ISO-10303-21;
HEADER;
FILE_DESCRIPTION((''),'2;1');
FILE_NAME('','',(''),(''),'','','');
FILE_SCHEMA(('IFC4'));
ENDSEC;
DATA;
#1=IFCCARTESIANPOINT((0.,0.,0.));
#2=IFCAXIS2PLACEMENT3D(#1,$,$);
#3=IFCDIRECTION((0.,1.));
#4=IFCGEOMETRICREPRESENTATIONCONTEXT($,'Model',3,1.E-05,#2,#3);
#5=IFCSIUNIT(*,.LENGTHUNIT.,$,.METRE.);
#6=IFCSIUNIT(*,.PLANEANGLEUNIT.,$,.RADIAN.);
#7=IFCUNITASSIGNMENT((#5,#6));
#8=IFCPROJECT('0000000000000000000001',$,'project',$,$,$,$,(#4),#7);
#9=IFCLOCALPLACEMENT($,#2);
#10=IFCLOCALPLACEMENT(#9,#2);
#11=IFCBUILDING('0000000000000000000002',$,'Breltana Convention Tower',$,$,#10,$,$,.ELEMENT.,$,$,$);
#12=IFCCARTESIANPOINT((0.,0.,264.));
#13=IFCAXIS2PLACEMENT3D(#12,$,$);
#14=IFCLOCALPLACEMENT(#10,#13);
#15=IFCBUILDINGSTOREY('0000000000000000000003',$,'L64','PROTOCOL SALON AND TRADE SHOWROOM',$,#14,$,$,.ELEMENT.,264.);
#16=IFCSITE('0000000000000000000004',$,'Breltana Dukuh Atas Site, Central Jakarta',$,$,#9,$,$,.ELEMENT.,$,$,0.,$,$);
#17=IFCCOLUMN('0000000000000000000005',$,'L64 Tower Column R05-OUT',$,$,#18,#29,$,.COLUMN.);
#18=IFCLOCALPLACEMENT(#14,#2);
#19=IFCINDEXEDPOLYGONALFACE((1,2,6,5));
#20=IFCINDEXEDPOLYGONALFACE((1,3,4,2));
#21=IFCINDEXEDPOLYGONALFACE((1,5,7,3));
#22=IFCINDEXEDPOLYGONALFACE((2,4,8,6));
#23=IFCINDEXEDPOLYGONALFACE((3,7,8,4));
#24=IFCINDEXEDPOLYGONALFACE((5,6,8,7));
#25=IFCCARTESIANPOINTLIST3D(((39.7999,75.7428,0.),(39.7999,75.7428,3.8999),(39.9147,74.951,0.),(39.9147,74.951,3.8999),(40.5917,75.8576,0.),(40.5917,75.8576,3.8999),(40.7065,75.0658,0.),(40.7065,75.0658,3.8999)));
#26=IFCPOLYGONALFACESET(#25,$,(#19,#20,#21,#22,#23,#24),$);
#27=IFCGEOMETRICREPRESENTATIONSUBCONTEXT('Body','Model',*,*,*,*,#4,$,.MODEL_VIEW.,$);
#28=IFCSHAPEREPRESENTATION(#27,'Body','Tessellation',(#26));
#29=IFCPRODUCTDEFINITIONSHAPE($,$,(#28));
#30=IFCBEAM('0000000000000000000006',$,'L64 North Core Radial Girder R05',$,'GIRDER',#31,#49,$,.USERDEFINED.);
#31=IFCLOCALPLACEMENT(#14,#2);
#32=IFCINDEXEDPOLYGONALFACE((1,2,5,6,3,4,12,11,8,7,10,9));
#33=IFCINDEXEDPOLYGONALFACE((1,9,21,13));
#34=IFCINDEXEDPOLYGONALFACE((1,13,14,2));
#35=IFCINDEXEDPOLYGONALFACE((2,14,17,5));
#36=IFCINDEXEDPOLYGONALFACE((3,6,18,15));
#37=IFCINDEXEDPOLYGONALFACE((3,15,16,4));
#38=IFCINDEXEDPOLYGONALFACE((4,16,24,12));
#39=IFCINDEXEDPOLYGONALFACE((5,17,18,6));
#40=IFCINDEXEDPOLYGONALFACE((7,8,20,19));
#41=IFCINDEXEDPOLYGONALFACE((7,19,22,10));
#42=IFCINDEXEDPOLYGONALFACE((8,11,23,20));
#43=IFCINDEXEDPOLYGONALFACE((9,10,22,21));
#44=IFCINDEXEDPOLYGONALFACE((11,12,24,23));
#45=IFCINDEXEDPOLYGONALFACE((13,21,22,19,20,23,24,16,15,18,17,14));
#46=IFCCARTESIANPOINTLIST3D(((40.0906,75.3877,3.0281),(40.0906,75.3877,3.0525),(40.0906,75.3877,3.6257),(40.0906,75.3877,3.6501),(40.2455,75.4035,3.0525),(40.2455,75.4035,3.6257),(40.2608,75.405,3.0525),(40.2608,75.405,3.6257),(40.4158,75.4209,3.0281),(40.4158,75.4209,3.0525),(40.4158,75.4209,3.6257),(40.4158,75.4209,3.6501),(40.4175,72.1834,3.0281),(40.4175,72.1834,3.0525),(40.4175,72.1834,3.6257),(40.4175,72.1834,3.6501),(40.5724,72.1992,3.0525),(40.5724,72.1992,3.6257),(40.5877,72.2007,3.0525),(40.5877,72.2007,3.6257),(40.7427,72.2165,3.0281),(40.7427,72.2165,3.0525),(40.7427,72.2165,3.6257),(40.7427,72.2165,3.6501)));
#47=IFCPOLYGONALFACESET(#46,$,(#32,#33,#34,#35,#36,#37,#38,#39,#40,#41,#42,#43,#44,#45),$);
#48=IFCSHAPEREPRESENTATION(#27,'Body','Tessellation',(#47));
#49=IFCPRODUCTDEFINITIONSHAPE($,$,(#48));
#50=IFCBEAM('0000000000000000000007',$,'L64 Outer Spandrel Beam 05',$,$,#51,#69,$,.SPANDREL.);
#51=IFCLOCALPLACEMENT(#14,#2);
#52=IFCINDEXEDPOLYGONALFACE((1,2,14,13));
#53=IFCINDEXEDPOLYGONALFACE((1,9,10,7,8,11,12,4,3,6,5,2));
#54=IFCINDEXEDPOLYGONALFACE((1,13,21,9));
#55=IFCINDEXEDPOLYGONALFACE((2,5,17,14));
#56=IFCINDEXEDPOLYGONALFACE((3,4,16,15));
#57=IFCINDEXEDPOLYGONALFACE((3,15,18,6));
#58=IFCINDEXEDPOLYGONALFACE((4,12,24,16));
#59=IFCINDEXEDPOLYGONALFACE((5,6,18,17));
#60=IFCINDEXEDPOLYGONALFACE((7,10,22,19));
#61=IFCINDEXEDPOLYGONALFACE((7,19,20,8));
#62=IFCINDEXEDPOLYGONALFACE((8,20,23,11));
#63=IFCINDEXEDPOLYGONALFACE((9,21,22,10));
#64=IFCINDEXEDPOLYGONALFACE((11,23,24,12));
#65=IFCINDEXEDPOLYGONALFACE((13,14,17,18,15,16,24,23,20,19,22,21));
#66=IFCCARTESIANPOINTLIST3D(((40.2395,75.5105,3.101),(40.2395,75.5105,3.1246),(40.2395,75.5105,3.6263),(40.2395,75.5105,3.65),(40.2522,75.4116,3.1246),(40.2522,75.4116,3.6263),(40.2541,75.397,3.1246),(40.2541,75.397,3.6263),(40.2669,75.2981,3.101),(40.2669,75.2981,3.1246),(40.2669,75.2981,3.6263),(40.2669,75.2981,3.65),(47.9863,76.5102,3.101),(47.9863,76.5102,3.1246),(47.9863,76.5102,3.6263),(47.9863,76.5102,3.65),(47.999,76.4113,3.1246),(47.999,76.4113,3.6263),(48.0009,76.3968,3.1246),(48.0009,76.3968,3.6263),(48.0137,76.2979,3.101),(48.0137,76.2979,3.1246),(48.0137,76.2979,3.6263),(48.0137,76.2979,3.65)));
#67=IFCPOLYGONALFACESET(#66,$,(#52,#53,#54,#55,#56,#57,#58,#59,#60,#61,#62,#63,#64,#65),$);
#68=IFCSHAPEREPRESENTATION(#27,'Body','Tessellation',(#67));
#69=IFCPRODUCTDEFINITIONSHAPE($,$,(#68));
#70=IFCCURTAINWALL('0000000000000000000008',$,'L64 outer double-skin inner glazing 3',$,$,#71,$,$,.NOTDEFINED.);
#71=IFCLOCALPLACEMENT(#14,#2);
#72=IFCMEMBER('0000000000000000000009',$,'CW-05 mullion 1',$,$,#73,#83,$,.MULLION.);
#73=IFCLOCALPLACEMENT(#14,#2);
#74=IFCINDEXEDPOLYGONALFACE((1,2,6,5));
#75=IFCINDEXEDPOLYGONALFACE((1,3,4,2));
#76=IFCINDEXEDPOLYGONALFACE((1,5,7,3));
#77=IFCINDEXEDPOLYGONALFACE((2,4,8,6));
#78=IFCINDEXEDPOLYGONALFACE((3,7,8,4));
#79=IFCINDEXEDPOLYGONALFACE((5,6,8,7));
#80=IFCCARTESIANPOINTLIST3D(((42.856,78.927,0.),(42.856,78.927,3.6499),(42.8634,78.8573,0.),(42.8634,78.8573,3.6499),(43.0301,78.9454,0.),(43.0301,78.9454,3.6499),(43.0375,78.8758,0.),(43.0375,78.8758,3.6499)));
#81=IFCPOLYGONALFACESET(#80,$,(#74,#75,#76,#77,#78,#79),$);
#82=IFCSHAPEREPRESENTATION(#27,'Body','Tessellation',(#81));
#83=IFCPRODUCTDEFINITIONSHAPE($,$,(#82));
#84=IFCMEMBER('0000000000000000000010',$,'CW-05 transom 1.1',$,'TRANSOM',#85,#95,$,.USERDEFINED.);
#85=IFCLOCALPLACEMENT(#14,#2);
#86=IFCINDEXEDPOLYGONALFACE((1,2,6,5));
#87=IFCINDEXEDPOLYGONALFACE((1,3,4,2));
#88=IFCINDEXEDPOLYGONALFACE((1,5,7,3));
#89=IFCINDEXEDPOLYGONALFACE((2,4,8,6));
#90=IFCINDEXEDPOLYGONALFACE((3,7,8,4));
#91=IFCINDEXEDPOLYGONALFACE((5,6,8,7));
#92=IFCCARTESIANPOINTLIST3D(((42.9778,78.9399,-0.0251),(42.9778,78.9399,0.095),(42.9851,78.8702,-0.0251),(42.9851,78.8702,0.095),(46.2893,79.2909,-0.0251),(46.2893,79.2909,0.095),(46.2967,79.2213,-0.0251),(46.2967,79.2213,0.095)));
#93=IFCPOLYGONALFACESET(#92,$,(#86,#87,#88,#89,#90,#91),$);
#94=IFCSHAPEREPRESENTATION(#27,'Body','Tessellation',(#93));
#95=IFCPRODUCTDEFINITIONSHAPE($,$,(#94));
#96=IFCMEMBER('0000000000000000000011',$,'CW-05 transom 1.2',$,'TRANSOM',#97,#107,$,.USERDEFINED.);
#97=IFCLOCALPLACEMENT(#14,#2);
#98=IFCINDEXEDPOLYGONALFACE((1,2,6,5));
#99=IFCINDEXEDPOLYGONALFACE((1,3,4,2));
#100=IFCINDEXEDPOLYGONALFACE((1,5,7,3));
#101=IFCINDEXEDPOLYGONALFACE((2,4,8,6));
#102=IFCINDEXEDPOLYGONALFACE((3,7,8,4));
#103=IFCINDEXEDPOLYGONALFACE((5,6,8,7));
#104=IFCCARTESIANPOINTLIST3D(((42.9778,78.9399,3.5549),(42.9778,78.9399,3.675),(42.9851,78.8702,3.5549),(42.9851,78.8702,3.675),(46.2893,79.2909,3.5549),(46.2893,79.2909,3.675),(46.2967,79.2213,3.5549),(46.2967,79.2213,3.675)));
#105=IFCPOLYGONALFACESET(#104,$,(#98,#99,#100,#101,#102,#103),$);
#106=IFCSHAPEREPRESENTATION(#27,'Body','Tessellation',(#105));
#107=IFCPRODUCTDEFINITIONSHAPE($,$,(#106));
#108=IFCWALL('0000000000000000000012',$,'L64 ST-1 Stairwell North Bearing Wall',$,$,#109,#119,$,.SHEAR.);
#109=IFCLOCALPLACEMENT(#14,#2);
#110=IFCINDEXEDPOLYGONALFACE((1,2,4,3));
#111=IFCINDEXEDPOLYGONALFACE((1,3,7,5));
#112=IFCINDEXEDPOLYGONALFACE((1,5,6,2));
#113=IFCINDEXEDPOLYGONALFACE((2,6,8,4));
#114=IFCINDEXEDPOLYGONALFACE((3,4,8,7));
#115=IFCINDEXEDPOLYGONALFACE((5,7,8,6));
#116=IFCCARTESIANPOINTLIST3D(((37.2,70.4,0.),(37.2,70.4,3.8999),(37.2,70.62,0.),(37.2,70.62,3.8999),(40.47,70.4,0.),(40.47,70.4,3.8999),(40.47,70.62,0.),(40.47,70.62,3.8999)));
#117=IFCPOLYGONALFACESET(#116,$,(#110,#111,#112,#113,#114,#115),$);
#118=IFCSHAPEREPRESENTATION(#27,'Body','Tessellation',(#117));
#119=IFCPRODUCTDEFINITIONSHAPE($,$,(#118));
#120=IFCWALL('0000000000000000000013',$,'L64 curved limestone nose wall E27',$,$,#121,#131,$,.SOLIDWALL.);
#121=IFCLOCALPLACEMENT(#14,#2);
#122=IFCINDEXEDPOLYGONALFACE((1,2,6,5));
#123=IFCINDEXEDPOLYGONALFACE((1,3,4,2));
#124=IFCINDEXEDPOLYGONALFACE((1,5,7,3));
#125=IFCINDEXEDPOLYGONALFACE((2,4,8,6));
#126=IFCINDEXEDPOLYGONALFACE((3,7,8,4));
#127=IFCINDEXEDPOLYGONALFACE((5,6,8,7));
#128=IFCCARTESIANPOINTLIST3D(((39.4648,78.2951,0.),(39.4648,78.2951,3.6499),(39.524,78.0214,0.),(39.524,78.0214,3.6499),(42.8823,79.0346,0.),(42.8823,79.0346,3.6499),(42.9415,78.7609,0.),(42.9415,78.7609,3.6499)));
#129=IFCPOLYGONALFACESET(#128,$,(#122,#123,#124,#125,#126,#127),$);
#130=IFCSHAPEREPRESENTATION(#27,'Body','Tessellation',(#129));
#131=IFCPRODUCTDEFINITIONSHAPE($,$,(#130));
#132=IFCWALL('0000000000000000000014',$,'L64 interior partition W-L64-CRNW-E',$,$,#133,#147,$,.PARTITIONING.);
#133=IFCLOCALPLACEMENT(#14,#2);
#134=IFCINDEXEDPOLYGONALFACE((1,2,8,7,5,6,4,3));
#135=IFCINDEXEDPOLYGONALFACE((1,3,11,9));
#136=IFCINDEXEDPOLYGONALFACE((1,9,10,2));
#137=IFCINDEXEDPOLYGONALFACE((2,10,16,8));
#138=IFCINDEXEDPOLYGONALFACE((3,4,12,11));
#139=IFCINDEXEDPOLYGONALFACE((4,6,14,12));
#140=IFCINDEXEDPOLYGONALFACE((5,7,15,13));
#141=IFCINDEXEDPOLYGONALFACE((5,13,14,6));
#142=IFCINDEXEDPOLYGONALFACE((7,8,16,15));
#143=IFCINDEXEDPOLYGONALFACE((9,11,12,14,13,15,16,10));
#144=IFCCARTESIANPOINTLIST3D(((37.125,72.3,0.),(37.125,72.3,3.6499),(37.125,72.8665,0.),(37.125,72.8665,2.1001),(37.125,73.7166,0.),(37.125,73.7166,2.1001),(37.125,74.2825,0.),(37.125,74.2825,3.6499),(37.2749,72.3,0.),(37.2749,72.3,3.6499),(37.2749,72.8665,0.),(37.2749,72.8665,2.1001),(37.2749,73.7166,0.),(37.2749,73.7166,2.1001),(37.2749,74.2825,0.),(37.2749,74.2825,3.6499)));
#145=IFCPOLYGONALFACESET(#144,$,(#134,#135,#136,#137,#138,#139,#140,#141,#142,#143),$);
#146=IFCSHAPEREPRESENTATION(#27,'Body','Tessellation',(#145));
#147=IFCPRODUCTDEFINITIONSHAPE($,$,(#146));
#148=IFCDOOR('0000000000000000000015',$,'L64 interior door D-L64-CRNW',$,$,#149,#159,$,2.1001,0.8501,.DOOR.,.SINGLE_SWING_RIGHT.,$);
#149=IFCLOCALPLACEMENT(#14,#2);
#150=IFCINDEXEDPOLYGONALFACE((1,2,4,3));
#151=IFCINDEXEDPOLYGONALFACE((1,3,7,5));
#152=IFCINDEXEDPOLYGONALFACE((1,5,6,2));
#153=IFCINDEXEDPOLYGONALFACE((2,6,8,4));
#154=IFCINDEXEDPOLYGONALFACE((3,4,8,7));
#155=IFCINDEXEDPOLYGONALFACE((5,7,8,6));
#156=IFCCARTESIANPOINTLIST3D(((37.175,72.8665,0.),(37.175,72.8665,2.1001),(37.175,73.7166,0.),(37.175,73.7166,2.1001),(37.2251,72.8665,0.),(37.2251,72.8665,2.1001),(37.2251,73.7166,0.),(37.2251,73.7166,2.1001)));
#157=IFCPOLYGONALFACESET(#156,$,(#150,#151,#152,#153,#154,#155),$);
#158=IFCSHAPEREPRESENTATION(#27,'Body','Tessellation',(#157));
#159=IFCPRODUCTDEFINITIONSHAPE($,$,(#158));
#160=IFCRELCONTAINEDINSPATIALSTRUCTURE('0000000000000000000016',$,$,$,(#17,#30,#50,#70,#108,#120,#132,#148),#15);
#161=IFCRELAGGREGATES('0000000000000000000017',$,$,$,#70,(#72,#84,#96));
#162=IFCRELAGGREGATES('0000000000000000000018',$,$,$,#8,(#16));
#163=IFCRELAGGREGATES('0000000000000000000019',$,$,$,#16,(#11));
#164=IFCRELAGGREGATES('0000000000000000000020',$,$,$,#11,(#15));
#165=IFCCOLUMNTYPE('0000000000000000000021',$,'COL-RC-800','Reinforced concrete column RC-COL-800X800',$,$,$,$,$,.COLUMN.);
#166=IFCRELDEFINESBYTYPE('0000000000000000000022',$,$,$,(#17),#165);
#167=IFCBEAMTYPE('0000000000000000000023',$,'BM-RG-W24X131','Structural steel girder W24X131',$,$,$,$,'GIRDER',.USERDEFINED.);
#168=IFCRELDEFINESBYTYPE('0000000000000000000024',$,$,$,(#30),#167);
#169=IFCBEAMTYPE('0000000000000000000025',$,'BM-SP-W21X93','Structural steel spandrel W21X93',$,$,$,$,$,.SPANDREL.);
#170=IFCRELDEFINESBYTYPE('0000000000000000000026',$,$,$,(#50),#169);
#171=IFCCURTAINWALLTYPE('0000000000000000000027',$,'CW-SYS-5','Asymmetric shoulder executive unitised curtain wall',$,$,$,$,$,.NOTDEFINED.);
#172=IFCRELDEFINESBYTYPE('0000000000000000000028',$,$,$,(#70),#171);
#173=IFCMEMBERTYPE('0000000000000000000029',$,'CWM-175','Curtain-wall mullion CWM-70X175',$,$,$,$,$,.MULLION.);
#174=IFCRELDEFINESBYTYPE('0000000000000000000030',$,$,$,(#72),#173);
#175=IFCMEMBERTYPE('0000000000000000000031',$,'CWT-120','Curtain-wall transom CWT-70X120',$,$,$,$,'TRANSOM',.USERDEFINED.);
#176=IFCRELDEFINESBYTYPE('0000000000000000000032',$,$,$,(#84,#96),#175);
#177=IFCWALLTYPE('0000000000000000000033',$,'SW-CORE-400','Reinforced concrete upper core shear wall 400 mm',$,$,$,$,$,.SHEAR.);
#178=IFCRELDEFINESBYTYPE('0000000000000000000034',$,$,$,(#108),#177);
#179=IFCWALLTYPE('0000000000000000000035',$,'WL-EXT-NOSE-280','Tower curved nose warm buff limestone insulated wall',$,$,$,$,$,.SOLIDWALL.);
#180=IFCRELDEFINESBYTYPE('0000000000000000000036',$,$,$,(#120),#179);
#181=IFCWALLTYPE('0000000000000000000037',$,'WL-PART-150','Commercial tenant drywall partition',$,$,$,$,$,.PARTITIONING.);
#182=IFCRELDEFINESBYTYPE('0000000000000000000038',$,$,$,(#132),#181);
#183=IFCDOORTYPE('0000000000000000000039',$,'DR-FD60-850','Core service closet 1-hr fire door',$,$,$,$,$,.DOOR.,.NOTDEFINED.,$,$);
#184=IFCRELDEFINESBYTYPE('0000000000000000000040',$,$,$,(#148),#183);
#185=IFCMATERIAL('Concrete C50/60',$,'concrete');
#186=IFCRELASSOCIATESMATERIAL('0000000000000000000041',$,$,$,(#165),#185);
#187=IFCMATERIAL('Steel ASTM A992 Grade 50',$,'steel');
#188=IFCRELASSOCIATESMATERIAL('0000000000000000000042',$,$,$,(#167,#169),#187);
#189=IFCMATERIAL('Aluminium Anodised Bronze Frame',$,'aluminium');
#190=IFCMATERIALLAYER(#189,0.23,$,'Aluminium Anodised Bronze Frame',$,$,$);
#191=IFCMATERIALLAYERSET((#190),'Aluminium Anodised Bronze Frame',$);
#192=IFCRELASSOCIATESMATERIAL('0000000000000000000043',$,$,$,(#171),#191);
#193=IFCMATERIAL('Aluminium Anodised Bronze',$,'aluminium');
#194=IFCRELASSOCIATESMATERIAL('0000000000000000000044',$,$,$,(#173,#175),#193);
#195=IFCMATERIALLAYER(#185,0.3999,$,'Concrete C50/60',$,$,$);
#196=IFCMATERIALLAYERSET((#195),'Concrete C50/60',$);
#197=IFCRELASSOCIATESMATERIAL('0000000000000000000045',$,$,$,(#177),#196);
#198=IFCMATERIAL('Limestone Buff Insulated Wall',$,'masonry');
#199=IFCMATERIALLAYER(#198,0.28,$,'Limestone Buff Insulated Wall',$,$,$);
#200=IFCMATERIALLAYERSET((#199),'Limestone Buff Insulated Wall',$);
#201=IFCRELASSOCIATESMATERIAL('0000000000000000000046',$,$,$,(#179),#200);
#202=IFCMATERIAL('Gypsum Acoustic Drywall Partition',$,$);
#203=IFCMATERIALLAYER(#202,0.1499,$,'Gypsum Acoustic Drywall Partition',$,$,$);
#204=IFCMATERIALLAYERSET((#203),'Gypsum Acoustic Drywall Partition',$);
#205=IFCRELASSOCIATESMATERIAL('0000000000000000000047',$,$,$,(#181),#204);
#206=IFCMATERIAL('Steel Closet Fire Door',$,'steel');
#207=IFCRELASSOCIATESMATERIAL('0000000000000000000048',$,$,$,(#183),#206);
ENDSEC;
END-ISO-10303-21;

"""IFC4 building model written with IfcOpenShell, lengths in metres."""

from ifc_helpers import new_model, si_unit, direction, frame, frame_2d, origin, origin_2d, place, context, subcontext, project, spatial, rectangle, i_section, extrude, source, transform, mapped, material, layer, layer_set, material_profile, profile_set, type_object, type_shapes, element, fill, aggregate, save


model = new_model("IFC4")

# Units and contexts
model_context = context("Model", 3, precision=1e-05, world=origin(), true_north=direction((0.0, 1.0)))
body_context = subcontext(model_context, "Body", "Model", "MODEL_VIEW")
ifc_project = project(units=[si_unit("LENGTHUNIT", "METRE"), si_unit("PLANEANGLEUNIT", "RADIAN")], contexts=[model_context])

# Site, building, storey
site_placement = place(None, origin())
site = spatial("IfcSite", under=ifc_project, at=site_placement, Name="Breltana Dukuh Atas Site, Central Jakarta", CompositionType="ELEMENT", RefElevation=0.0)
building_placement = place(site_placement, origin())
building = spatial("IfcBuilding", under=site, at=building_placement, Name="Breltana Convention Tower", CompositionType="ELEMENT")
storey_placement = place(building_placement, frame((0.0, 0.0, 264.0)))
storey = spatial("IfcBuildingStorey", under=building, at=storey_placement, Name="L64", Description="PROTOCOL SALON AND TRADE SHOWROOM", CompositionType="ELEMENT", Elevation=264.0)

# Column
ifc_material_1 = material(Name="Concrete C50/60", Category="concrete")
ifc_material_profile_1 = material_profile(ifc_material_1, rectangle(XDim=0.8, YDim=0.8, at=origin_2d()), Name="RC-COL-800X800")
ifc_profile_set_1 = profile_set([ifc_material_profile_1], Name="Concrete C50/60")
column_type = type_object("IfcColumnType", Name="COL-RC-800", Description="Reinforced concrete column RC-COL-800X800", PredefinedType="COLUMN", material=ifc_profile_set_1)
shared_shape_1 = source(origin(), body_context, "Body", "SweptSolid", [
    extrude(rectangle(XDim=0.8, YDim=0.8, at=origin_2d()), origin(), (0.0, 0.0, 1.0), 3.8999),
])
column_placement = place(storey_placement, frame((40.2532, 75.4043, 0.0), z_axis=(0.0, 0.0, 1.0), x_axis=(-0.143493, 0.989651, 0.0)))
element("IfcColumn", 1, at=column_placement, inside=storey, type_object=column_type, Name="L64 Tower Column R05-OUT", PredefinedType="COLUMN", context=body_context, shape_type="MappedRepresentation", body=[
    mapped(shared_shape_1, transform((0.0, 0.0, 0.0), scale=1.0)),
])

# Beams
ifc_material_2 = material(Name="Steel ASTM A992 Grade 50", Category="steel")
ifc_material_profile_2 = material_profile(ifc_material_2, i_section(OverallWidth=0.3269, OverallDepth=0.6221, WebThickness=0.0154, FlangeThickness=0.0244, at=origin_2d()), Name="W24X131")
ifc_profile_set_2 = profile_set([ifc_material_profile_2], Name="Steel ASTM A992 Grade 50")
beam_type_1 = type_object("IfcBeamType", Name="BM-RG-W24X131", Description="Structural steel girder W24X131", ElementType="GIRDER", PredefinedType="USERDEFINED", material=ifc_profile_set_2)
shared_shape_2 = source(origin(), body_context, "Body", "SweptSolid", [
    extrude(i_section(OverallWidth=0.3269, OverallDepth=0.6221, WebThickness=0.0154, FlangeThickness=0.0244, at=origin_2d()), origin(), (0.0, 0.0, 1.0), 3.2209),
])
beam_1_placement = place(storey_placement, frame((40.5801, 72.2, 3.3391), z_axis=(-0.101492, 0.994836, 0.0), x_axis=(-0.994836, -0.101492, 0.0)))
element("IfcBeam", 2, at=beam_1_placement, inside=storey, type_object=beam_type_1, Name="L64 North Core Radial Girder R05", ObjectType="GIRDER", PredefinedType="USERDEFINED", context=body_context, shape_type="MappedRepresentation", body=[
    mapped(shared_shape_2, transform((0.0, 0.0, 0.0), scale=1.0)),
])
ifc_material_profile_3 = material_profile(ifc_material_2, i_section(OverallWidth=0.2141, OverallDepth=0.5491, WebThickness=0.0146, FlangeThickness=0.0237, at=origin_2d()), Name="W21X93")
ifc_profile_set_3 = profile_set([ifc_material_profile_3], Name="Steel ASTM A992 Grade 50")
beam_type_2 = type_object("IfcBeamType", Name="BM-SP-W21X93", Description="Structural steel spandrel W21X93", PredefinedType="SPANDREL", material=ifc_profile_set_3)
shared_shape_3 = source(origin(), body_context, "Body", "SweptSolid", [
    extrude(i_section(OverallWidth=0.2141, OverallDepth=0.5491, WebThickness=0.0146, FlangeThickness=0.0237, at=origin_2d()), origin(), (0.0, 0.0, 1.0), 7.811),
])
beam_2_placement = place(storey_placement, frame((40.2532, 75.4043, 3.3755), z_axis=(0.991775, 0.127992, 0.0), x_axis=(-0.127992, 0.991775, 0.0)))
element("IfcBeam", 3, at=beam_2_placement, inside=storey, type_object=beam_type_2, Name="L64 Outer Spandrel Beam 05", PredefinedType="SPANDREL", context=body_context, shape_type="MappedRepresentation", body=[
    mapped(shared_shape_3, transform((0.0, 0.0, 0.0), scale=1.0)),
])

# Curtain wall, members
ifc_material_3 = material(Name="Aluminium Anodised Bronze Frame", Category="aluminium")
ifc_layer_1 = layer(ifc_material_3, 0.23, Name="Aluminium Anodised Bronze Frame")
ifc_layer_set_1 = layer_set([ifc_layer_1], Name="Aluminium Anodised Bronze Frame")
curtain_wall_type = type_object("IfcCurtainWallType", Name="CW-SYS-5", Description="Asymmetric shoulder executive unitised curtain wall", PredefinedType="NOTDEFINED", material=ifc_layer_set_1)
curtain_wall_placement = place(storey_placement, origin())
curtain_wall = element("IfcCurtainWall", 4, at=curtain_wall_placement, inside=storey, type_object=curtain_wall_type, Name="L64 outer double-skin inner glazing 3", PredefinedType="NOTDEFINED")
ifc_material_4 = material(Name="Aluminium Anodised Bronze", Category="aluminium")
ifc_material_profile_4 = material_profile(ifc_material_4, rectangle(XDim=0.0701, YDim=0.175, at=origin_2d()), Name="CWM-70X175")
ifc_profile_set_4 = profile_set([ifc_material_profile_4], Name="Aluminium Anodised Bronze")
member_type_1 = type_object("IfcMemberType", Name="CWM-175", Description="Curtain-wall mullion CWM-70X175", PredefinedType="MULLION", material=ifc_profile_set_4)
shared_shape_4 = source(origin(), body_context, "Body", "SweptSolid", [
    extrude(rectangle(XDim=0.0701, YDim=0.175, at=origin_2d()), origin(), (0.0, 0.0, 1.0), 3.6499),
])
member_1_placement = place(storey_placement, frame((42.9468, 78.9014, 0.0), z_axis=(0.0, 0.0, 1.0), x_axis=(-0.105448, 0.994425, 0.0)))
member_1 = element("IfcMember", 5, at=member_1_placement, type_object=member_type_1, Name="CW-05 mullion 1", PredefinedType="MULLION", context=body_context, shape_type="MappedRepresentation", body=[
    mapped(shared_shape_4, transform((0.0, 0.0, 0.0), scale=1.0)),
])
ifc_material_profile_5 = material_profile(ifc_material_4, rectangle(XDim=0.0701, YDim=0.1201, at=origin_2d()), Name="CWT-70X120")
ifc_profile_set_5 = profile_set([ifc_material_profile_5], Name="Aluminium Anodised Bronze")
member_type_2 = type_object("IfcMemberType", Name="CWT-120", Description="Curtain-wall transom CWT-70X120", ElementType="TRANSOM", PredefinedType="USERDEFINED", material=ifc_profile_set_5)
shared_shape_5 = source(origin(), body_context, "Body", "SweptSolid", [
    extrude(rectangle(XDim=0.0701, YDim=0.1201, at=origin_2d()), origin(), (0.0, 0.0, 1.0), 3.3301),
])
member_2_placement = place(storey_placement, frame((42.9814, 78.905, 0.0349), z_axis=(0.994427, 0.105425, 0.0), x_axis=(-0.105425, 0.994427, 0.0)))
member_2 = element("IfcMember", 6, at=member_2_placement, type_object=member_type_2, Name="CW-05 transom 1.1", ObjectType="TRANSOM", PredefinedType="USERDEFINED", context=body_context, shape_type="MappedRepresentation", body=[
    mapped(shared_shape_5, transform((0.0, 0.0, 0.0), scale=1.0)),
])
member_3_placement = place(storey_placement, frame((42.9814, 78.905, 3.615), z_axis=(0.994427, 0.105425, 0.0), x_axis=(-0.105425, 0.994427, 0.0)))
member_3 = element("IfcMember", 7, at=member_3_placement, type_object=member_type_2, Name="CW-05 transom 1.2", ObjectType="TRANSOM", PredefinedType="USERDEFINED", context=body_context, shape_type="MappedRepresentation", body=[
    mapped(shared_shape_5, transform((0.0, 0.0, 0.0), scale=1.0)),
])
aggregate(curtain_wall, [member_1, member_2, member_3])

# Wall
ifc_layer_2 = layer(ifc_material_1, 0.3999, Name="Concrete C50/60")
ifc_layer_set_2 = layer_set([ifc_layer_2], Name="Concrete C50/60")
wall_type_1 = type_object("IfcWallType", Name="SW-CORE-400", Description="Reinforced concrete upper core shear wall 400 mm", PredefinedType="SHEAR", material=ifc_layer_set_2)
shared_shape_6 = source(origin(), body_context, "Body", "SweptSolid", [
    extrude(rectangle(XDim=3.27, YDim=0.22, at=frame_2d((1.635, 0.0))), origin(), (0.0, 0.0, 1.0), 3.8999),
])
wall_1_placement = place(storey_placement, frame((37.2, 70.51, 0.0), z_axis=(0.0, 0.0, 1.0), x_axis=(1.0, 0.0, 0.0)))
element("IfcWall", 8, at=wall_1_placement, inside=storey, type_object=wall_type_1, Name="L64 ST-1 Stairwell North Bearing Wall", PredefinedType="SHEAR", context=body_context, shape_type="MappedRepresentation", body=[
    mapped(shared_shape_6, transform((0.0, 0.0, 0.0), scale=1.0)),
])

# Wall
ifc_material_5 = material(Name="Limestone Buff Insulated Wall", Category="masonry")
ifc_layer_3 = layer(ifc_material_5, 0.28, Name="Limestone Buff Insulated Wall")
ifc_layer_set_3 = layer_set([ifc_layer_3], Name="Limestone Buff Insulated Wall")
wall_type_2 = type_object("IfcWallType", Name="WL-EXT-NOSE-280", Description="Tower curved nose warm buff limestone insulated wall", PredefinedType="SOLIDWALL", material=ifc_layer_set_3)
shared_shape_7 = source(origin(), body_context, "Body", "SweptSolid", [
    extrude(rectangle(XDim=3.4966, YDim=0.28, at=frame_2d((1.7483, 0.0))), origin(), (0.0, 0.0, 1.0), 3.6499),
])
wall_2_placement = place(storey_placement, frame((39.4944, 78.1582, 0.0), z_axis=(0.0, 0.0, 1.0), x_axis=(0.977379, 0.211493, 0.0)))
element("IfcWall", 9, at=wall_2_placement, inside=storey, type_object=wall_type_2, Name="L64 curved limestone nose wall E27", PredefinedType="SOLIDWALL", context=body_context, shape_type="MappedRepresentation", body=[
    mapped(shared_shape_7, transform((0.0, 0.0, 0.0), scale=1.0)),
])

# Wall, opening, door
ifc_material_6 = material(Name="Gypsum Acoustic Drywall Partition")
ifc_layer_4 = layer(ifc_material_6, 0.1499, Name="Gypsum Acoustic Drywall Partition")
ifc_layer_set_4 = layer_set([ifc_layer_4], Name="Gypsum Acoustic Drywall Partition")
wall_type_3 = type_object("IfcWallType", Name="WL-PART-150", Description="Commercial tenant drywall partition", PredefinedType="PARTITIONING", material=ifc_layer_set_4)
shared_shape_8 = source(origin(), body_context, "Body", "SweptSolid", [
    extrude(rectangle(XDim=1.9824, YDim=0.1499, at=frame_2d((0.9912, 0.0))), origin(), (0.0, 0.0, 1.0), 3.6499),
])
wall_3_placement = place(storey_placement, frame((37.2, 72.3, 0.0), z_axis=(0.0, 0.0, 1.0), x_axis=(0.0, 1.0, 0.0)))
wall_3 = element("IfcWall", 10, at=wall_3_placement, inside=storey, type_object=wall_type_3, Name="L64 interior partition W-L64-CRNW-E", PredefinedType="PARTITIONING", context=body_context, shape_type="MappedRepresentation", body=[
    mapped(shared_shape_8, transform((0.0, 0.0, 0.0), scale=1.0)),
])
opening_1_placement = place(wall_3_placement, frame((0.5664, 0.0, 0.0)))
opening_1 = element("IfcOpeningElement", 11, at=opening_1_placement, cuts=wall_3, PredefinedType="OPENING", context=body_context, shape_type="SweptSolid", body=[
    extrude(rectangle(XDim=0.8501, YDim=2.1001, at=frame_2d((0.425, 1.05))), frame((0.0, 0.085, 0.0), z_axis=(0.0, -1.0, 0.0), x_axis=(1.0, 0.0, 0.0)), (0.0, 0.0, 1.0), 0.1699),
])
ifc_material_7 = material(Name="Steel Closet Fire Door", Category="steel")
door_type_1 = type_object("IfcDoorType", Name="DR-FD60-850", Description="Core service closet 1-hr fire door", OperationType="NOTDEFINED", PredefinedType="DOOR", material=ifc_material_7)
shared_shape_9 = source(origin(), body_context, "Body", "SweptSolid", [
    extrude(rectangle(XDim=0.8501, YDim=2.1001, at=frame_2d((0.425, 1.05))), frame((0.0, 0.0249, 0.0), z_axis=(0.0, -1.0, 0.0), x_axis=(1.0, 0.0, 0.0)), (0.0, 0.0, 1.0), 0.05),
])
type_shapes(door_type_1, [shared_shape_9])
door_1_placement = place(opening_1_placement, origin())
door_1 = element("IfcDoor", 12, at=door_1_placement, inside=storey, type_object=door_type_1, Name="L64 interior door D-L64-CRNW", OperationType="SINGLE_SWING_RIGHT", OverallHeight=2.1001, OverallWidth=0.8501, PredefinedType="DOOR", context=body_context, shape_type="MappedRepresentation", body=[
    mapped(shared_shape_9, transform((0.0, 0.0, 0.0), scale=1.0)),
])
fill(opening_1, door_1)

save(model, "model.ifc")
